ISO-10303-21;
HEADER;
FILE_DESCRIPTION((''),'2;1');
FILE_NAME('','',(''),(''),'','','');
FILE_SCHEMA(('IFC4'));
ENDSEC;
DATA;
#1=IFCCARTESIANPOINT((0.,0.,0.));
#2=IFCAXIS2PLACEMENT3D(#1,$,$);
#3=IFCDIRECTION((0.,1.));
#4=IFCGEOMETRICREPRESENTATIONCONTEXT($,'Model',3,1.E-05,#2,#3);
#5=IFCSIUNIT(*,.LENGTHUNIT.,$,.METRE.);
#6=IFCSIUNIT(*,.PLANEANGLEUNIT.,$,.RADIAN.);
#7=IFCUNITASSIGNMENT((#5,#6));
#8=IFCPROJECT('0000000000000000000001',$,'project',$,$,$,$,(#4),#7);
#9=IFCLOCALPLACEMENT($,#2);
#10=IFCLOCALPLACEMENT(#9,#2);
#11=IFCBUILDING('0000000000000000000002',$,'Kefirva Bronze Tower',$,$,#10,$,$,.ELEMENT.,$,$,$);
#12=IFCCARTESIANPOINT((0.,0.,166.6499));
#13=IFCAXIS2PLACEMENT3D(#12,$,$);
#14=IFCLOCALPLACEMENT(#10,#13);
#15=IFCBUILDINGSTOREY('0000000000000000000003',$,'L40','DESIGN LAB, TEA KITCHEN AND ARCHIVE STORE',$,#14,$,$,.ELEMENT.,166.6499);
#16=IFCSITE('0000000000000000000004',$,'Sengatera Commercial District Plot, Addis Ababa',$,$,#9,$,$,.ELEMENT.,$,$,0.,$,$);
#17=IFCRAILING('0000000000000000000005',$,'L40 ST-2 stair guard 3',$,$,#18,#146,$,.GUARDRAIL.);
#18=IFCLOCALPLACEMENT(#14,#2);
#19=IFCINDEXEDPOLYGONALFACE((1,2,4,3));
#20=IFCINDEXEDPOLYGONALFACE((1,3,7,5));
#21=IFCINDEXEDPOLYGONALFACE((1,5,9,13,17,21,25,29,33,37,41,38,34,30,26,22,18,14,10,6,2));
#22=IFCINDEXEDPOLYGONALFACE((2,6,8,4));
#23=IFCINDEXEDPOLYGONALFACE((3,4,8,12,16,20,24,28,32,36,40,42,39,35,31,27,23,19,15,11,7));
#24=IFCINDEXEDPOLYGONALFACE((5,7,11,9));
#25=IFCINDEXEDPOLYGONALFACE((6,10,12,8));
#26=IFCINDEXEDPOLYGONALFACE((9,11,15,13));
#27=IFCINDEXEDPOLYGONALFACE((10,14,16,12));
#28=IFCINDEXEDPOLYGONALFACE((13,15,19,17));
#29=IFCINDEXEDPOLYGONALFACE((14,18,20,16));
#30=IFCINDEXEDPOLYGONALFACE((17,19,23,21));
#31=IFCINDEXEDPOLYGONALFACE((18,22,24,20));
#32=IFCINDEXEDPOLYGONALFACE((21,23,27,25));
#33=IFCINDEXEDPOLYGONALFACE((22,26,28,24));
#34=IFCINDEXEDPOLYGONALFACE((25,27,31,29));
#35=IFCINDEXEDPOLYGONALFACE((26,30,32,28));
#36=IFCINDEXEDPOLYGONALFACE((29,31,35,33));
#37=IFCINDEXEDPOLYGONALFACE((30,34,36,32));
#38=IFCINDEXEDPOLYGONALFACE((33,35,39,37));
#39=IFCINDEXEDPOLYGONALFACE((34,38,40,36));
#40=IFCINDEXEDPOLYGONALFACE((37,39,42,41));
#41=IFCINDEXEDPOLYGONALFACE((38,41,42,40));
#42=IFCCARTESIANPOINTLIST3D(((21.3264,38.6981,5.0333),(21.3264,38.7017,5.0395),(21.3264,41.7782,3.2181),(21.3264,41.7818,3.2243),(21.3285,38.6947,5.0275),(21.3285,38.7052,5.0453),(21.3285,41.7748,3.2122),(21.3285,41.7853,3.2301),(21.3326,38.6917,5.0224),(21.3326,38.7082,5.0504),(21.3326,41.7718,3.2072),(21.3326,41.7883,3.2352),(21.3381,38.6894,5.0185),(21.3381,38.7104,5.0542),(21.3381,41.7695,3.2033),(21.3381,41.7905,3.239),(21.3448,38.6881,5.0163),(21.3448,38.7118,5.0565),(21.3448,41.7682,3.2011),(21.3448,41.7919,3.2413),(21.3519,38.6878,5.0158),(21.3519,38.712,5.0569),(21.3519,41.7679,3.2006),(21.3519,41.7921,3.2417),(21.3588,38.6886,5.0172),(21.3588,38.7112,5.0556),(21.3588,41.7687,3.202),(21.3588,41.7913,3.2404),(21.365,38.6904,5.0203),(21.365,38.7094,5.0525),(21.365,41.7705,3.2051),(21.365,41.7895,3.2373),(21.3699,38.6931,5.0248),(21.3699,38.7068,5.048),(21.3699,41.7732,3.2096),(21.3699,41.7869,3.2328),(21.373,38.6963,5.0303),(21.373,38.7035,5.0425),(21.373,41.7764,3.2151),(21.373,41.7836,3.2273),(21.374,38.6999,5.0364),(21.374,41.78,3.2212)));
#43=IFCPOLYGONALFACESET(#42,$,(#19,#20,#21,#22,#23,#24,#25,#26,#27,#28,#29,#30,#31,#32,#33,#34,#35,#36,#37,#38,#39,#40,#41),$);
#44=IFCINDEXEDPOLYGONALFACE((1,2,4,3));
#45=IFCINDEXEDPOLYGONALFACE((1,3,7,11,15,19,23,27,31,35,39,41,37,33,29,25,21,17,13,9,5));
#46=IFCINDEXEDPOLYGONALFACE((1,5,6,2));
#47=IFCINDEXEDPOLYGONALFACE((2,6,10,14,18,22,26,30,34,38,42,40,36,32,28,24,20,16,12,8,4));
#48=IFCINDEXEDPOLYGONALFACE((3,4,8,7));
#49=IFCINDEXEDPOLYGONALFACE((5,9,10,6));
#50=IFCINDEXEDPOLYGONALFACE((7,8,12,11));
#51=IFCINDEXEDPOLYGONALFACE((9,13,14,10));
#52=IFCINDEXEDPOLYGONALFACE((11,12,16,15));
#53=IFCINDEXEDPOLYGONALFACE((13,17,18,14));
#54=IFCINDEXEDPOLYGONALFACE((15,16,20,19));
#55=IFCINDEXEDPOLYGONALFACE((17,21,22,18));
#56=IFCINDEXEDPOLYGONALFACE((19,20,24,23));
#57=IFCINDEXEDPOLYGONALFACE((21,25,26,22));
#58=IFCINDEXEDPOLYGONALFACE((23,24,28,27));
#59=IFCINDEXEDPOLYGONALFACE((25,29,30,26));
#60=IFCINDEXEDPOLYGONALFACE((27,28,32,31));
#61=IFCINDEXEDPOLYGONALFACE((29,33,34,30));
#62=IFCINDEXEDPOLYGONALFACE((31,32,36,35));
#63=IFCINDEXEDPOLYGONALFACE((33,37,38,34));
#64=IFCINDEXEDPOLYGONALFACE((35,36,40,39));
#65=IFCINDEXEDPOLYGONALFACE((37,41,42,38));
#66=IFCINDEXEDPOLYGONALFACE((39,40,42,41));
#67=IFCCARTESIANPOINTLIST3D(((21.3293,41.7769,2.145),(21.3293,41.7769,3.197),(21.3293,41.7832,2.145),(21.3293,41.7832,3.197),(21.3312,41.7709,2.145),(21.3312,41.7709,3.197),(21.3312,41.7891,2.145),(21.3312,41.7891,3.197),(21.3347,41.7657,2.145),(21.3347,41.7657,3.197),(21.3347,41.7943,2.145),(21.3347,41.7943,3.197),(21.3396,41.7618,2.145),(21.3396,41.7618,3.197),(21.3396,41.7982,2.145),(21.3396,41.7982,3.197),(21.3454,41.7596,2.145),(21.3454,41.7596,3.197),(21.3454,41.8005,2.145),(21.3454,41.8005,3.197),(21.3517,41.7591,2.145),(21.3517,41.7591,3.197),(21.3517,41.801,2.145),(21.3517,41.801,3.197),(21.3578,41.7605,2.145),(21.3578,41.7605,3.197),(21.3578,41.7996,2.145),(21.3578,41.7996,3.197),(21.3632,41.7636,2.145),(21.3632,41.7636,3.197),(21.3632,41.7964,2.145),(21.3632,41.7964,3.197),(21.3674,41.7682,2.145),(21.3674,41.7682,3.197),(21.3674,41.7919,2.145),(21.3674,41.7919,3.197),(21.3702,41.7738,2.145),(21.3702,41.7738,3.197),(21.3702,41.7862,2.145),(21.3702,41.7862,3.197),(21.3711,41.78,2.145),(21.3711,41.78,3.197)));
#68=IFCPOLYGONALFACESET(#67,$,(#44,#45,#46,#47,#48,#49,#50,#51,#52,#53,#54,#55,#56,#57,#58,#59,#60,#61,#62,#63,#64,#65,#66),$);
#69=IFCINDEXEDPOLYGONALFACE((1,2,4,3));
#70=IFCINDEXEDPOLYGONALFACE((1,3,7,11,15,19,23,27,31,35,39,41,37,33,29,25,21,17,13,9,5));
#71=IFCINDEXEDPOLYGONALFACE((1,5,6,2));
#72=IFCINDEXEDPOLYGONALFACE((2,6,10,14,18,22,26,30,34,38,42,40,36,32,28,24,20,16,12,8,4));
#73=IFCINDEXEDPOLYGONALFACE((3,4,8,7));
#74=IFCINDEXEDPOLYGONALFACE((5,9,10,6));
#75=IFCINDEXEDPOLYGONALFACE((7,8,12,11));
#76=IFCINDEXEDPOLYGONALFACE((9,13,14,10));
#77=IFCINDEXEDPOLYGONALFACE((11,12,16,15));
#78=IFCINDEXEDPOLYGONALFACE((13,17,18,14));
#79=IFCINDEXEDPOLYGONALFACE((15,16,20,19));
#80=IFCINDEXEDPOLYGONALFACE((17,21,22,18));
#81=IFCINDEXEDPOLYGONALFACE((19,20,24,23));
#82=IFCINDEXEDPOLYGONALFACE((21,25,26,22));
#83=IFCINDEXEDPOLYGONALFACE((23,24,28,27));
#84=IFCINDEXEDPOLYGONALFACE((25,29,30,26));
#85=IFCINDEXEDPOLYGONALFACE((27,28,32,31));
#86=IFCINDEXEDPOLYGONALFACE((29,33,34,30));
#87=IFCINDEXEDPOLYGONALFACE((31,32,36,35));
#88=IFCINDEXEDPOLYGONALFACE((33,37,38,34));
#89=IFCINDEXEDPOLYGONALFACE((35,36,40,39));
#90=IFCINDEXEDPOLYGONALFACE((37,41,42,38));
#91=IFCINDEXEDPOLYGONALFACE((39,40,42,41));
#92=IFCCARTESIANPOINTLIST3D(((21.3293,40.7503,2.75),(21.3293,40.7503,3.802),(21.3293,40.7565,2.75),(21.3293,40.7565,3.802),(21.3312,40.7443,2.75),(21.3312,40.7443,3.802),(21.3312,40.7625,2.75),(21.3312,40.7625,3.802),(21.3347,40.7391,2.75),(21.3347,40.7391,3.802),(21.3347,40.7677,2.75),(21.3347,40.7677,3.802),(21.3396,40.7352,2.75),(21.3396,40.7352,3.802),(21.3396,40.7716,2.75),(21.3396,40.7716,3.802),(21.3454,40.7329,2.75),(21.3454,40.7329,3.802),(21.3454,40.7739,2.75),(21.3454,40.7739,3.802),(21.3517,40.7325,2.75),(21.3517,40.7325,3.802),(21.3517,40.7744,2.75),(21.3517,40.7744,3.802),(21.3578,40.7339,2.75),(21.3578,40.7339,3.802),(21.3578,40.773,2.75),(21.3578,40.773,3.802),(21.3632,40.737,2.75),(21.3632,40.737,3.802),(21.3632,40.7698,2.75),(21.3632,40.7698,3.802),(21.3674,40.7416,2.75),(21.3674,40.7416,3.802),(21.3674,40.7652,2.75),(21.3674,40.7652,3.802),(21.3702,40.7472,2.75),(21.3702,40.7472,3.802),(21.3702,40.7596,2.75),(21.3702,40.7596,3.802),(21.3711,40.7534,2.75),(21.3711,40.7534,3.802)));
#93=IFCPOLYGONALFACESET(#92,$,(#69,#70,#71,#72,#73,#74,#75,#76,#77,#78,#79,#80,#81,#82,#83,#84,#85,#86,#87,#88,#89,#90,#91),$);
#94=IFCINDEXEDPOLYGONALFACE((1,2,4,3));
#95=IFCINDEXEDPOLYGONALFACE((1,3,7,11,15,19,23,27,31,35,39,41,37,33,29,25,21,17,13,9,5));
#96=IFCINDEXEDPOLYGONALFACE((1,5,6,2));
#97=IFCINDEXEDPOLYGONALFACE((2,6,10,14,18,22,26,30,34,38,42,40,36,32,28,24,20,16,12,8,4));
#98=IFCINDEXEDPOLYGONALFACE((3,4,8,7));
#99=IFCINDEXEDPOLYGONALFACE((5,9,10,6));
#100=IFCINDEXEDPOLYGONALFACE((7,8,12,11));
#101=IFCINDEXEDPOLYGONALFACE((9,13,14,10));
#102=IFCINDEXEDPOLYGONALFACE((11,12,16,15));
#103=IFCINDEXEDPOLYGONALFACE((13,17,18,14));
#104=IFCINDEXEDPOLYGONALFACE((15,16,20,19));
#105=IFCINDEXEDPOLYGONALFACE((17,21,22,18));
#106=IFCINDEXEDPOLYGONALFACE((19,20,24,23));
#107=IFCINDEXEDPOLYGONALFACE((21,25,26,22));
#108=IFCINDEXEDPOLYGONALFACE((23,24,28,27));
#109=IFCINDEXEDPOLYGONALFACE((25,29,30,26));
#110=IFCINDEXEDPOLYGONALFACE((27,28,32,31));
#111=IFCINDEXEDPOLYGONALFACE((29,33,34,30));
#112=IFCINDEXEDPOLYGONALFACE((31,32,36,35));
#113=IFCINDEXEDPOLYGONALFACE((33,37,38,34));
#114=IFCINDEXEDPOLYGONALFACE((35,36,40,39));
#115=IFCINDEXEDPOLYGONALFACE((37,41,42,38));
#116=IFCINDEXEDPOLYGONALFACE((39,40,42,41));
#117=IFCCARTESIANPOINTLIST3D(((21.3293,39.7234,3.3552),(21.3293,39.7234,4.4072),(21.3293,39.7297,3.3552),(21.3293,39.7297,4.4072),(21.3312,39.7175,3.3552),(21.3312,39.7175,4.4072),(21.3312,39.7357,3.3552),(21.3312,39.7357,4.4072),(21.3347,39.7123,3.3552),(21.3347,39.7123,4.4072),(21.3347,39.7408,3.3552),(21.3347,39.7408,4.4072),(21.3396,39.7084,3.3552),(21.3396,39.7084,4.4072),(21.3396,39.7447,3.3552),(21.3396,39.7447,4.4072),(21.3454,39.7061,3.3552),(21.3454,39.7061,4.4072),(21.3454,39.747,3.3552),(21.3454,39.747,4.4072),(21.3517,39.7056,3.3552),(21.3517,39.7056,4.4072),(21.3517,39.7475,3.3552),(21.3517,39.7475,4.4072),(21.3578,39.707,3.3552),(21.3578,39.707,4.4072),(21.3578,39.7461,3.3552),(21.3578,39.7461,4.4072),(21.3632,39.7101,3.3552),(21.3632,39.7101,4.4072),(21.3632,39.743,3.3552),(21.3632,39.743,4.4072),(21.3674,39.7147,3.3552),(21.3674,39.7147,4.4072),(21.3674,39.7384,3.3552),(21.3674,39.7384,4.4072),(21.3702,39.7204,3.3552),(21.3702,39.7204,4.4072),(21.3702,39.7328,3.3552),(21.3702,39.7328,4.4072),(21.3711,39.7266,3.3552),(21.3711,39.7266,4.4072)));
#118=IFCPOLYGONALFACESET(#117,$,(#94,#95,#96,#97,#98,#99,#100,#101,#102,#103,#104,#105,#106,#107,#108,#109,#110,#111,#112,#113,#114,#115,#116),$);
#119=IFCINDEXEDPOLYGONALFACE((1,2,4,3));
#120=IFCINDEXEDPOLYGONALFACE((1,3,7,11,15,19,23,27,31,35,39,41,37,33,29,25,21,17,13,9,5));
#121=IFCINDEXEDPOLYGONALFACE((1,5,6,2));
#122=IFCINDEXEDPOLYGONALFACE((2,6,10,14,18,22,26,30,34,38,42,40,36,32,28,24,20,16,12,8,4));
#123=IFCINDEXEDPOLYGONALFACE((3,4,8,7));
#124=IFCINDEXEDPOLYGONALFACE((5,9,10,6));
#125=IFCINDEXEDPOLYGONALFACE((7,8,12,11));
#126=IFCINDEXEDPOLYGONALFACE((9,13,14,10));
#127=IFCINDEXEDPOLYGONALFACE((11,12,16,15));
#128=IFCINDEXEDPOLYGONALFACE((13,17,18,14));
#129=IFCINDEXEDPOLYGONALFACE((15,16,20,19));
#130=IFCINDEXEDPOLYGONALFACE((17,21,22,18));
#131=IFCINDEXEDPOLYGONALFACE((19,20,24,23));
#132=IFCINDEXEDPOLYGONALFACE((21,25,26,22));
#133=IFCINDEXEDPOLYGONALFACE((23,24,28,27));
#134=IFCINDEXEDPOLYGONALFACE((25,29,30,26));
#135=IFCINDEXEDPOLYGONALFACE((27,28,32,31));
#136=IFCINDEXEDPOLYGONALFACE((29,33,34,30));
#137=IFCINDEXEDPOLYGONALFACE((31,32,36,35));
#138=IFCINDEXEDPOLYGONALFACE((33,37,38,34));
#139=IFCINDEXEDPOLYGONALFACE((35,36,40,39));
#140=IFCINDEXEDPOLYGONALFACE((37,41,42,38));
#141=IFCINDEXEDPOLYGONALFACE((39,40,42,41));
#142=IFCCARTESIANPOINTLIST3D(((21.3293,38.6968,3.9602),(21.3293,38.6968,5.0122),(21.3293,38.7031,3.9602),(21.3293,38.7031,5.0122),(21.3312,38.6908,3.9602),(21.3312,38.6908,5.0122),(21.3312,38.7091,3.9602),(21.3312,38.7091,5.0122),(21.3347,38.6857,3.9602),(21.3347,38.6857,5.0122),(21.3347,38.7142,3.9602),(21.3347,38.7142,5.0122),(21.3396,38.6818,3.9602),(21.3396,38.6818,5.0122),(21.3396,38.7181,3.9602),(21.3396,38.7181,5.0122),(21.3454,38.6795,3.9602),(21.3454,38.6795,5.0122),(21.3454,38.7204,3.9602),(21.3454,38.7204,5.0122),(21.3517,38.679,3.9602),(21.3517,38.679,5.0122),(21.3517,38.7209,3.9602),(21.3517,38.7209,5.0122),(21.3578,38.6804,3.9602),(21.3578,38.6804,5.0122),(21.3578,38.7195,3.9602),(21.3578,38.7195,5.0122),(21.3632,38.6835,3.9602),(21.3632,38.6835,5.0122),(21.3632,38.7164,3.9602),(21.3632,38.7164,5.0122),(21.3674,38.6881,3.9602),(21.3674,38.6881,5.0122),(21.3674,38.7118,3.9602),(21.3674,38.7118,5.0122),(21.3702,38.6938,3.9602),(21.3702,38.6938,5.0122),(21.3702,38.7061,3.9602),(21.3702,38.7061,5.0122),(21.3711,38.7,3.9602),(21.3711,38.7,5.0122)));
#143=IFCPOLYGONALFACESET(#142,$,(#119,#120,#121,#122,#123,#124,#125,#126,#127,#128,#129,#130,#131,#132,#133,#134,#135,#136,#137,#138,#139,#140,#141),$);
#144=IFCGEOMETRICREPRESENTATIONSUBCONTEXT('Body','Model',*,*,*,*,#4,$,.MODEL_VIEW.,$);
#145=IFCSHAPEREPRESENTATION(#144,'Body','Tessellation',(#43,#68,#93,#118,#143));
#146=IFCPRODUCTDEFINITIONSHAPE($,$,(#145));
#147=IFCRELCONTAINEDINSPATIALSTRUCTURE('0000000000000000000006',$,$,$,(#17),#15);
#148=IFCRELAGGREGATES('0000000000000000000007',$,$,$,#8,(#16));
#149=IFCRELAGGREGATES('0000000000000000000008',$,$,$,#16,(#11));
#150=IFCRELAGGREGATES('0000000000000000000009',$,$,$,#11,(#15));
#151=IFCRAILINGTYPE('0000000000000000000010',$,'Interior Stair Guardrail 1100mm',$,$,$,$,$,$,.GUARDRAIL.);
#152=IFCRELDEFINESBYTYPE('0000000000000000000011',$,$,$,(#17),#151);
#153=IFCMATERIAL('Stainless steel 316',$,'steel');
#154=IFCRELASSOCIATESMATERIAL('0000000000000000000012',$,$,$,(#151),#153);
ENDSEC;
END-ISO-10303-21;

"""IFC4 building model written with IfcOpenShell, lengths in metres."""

from ifc_helpers import new_model, si_unit, direction, frame, origin, origin_2d, place, context, subcontext, project, spatial, circle, extrude, material, type_object, element, save


model = new_model("IFC4")

# Units and contexts
model_context = context("Model", 3, precision=1e-05, world=origin(), true_north=direction((0.0, 1.0)))
body_context = subcontext(model_context, "Body", "Model", "MODEL_VIEW")
ifc_project = project(units=[si_unit("LENGTHUNIT", "METRE"), si_unit("PLANEANGLEUNIT", "RADIAN")], contexts=[model_context])

# Site, building, storey
site_placement = place(None, origin())
site = spatial("IfcSite", under=ifc_project, at=site_placement, Name="Sengatera Commercial District Plot, Addis Ababa", CompositionType="ELEMENT", RefElevation=0.0)
building_placement = place(site_placement, origin())
building = spatial("IfcBuilding", under=site, at=building_placement, Name="Kefirva Bronze Tower", CompositionType="ELEMENT")
storey_placement = place(building_placement, frame((0.0, 0.0, 166.6499)))
storey = spatial("IfcBuildingStorey", under=building, at=storey_placement, Name="L40", Description="DESIGN LAB, TEA KITCHEN AND ARCHIVE STORE", CompositionType="ELEMENT", Elevation=166.6499)

# Railing
ifc_material_1 = material(Name="Stainless steel 316", Category="steel")
railing_type_1 = type_object("IfcRailingType", Name="Interior Stair Guardrail 1100mm", PredefinedType="GUARDRAIL", material=ifc_material_1)
railing_1_placement = place(storey_placement, frame((21.3501, 41.78, 2.145)))
element("IfcRailing", 1, at=railing_1_placement, inside=storey, type_object=railing_type_1, Name="L40 ST-2 stair guard 3", PredefinedType="GUARDRAIL", context=body_context, shape_type="SweptSolid", body=[
    extrude(circle(Radius=0.0239, at=origin_2d()), frame((0.0, 0.0, 1.0762), z_axis=(0.0, -0.861521, 0.507721), x_axis=(1.0, 0.0, 0.0)), (0.0, 0.0, 1.0), 3.5752),
    extrude(circle(Radius=0.021, at=origin_2d()), origin(), (0.0, 0.0, 1.0), 1.052),
    extrude(circle(Radius=0.021, at=origin_2d()), frame((0.0, -1.0266, 0.605)), (0.0, 0.0, 1.0), 1.052),
    extrude(circle(Radius=0.021, at=origin_2d()), frame((0.0, -2.0535, 1.2102)), (0.0, 0.0, 1.0), 1.052),
    extrude(circle(Radius=0.021, at=origin_2d()), frame((0.0, -3.0801, 1.8152)), (0.0, 0.0, 1.0), 1.052),
])

save(model, "model.ifc")
